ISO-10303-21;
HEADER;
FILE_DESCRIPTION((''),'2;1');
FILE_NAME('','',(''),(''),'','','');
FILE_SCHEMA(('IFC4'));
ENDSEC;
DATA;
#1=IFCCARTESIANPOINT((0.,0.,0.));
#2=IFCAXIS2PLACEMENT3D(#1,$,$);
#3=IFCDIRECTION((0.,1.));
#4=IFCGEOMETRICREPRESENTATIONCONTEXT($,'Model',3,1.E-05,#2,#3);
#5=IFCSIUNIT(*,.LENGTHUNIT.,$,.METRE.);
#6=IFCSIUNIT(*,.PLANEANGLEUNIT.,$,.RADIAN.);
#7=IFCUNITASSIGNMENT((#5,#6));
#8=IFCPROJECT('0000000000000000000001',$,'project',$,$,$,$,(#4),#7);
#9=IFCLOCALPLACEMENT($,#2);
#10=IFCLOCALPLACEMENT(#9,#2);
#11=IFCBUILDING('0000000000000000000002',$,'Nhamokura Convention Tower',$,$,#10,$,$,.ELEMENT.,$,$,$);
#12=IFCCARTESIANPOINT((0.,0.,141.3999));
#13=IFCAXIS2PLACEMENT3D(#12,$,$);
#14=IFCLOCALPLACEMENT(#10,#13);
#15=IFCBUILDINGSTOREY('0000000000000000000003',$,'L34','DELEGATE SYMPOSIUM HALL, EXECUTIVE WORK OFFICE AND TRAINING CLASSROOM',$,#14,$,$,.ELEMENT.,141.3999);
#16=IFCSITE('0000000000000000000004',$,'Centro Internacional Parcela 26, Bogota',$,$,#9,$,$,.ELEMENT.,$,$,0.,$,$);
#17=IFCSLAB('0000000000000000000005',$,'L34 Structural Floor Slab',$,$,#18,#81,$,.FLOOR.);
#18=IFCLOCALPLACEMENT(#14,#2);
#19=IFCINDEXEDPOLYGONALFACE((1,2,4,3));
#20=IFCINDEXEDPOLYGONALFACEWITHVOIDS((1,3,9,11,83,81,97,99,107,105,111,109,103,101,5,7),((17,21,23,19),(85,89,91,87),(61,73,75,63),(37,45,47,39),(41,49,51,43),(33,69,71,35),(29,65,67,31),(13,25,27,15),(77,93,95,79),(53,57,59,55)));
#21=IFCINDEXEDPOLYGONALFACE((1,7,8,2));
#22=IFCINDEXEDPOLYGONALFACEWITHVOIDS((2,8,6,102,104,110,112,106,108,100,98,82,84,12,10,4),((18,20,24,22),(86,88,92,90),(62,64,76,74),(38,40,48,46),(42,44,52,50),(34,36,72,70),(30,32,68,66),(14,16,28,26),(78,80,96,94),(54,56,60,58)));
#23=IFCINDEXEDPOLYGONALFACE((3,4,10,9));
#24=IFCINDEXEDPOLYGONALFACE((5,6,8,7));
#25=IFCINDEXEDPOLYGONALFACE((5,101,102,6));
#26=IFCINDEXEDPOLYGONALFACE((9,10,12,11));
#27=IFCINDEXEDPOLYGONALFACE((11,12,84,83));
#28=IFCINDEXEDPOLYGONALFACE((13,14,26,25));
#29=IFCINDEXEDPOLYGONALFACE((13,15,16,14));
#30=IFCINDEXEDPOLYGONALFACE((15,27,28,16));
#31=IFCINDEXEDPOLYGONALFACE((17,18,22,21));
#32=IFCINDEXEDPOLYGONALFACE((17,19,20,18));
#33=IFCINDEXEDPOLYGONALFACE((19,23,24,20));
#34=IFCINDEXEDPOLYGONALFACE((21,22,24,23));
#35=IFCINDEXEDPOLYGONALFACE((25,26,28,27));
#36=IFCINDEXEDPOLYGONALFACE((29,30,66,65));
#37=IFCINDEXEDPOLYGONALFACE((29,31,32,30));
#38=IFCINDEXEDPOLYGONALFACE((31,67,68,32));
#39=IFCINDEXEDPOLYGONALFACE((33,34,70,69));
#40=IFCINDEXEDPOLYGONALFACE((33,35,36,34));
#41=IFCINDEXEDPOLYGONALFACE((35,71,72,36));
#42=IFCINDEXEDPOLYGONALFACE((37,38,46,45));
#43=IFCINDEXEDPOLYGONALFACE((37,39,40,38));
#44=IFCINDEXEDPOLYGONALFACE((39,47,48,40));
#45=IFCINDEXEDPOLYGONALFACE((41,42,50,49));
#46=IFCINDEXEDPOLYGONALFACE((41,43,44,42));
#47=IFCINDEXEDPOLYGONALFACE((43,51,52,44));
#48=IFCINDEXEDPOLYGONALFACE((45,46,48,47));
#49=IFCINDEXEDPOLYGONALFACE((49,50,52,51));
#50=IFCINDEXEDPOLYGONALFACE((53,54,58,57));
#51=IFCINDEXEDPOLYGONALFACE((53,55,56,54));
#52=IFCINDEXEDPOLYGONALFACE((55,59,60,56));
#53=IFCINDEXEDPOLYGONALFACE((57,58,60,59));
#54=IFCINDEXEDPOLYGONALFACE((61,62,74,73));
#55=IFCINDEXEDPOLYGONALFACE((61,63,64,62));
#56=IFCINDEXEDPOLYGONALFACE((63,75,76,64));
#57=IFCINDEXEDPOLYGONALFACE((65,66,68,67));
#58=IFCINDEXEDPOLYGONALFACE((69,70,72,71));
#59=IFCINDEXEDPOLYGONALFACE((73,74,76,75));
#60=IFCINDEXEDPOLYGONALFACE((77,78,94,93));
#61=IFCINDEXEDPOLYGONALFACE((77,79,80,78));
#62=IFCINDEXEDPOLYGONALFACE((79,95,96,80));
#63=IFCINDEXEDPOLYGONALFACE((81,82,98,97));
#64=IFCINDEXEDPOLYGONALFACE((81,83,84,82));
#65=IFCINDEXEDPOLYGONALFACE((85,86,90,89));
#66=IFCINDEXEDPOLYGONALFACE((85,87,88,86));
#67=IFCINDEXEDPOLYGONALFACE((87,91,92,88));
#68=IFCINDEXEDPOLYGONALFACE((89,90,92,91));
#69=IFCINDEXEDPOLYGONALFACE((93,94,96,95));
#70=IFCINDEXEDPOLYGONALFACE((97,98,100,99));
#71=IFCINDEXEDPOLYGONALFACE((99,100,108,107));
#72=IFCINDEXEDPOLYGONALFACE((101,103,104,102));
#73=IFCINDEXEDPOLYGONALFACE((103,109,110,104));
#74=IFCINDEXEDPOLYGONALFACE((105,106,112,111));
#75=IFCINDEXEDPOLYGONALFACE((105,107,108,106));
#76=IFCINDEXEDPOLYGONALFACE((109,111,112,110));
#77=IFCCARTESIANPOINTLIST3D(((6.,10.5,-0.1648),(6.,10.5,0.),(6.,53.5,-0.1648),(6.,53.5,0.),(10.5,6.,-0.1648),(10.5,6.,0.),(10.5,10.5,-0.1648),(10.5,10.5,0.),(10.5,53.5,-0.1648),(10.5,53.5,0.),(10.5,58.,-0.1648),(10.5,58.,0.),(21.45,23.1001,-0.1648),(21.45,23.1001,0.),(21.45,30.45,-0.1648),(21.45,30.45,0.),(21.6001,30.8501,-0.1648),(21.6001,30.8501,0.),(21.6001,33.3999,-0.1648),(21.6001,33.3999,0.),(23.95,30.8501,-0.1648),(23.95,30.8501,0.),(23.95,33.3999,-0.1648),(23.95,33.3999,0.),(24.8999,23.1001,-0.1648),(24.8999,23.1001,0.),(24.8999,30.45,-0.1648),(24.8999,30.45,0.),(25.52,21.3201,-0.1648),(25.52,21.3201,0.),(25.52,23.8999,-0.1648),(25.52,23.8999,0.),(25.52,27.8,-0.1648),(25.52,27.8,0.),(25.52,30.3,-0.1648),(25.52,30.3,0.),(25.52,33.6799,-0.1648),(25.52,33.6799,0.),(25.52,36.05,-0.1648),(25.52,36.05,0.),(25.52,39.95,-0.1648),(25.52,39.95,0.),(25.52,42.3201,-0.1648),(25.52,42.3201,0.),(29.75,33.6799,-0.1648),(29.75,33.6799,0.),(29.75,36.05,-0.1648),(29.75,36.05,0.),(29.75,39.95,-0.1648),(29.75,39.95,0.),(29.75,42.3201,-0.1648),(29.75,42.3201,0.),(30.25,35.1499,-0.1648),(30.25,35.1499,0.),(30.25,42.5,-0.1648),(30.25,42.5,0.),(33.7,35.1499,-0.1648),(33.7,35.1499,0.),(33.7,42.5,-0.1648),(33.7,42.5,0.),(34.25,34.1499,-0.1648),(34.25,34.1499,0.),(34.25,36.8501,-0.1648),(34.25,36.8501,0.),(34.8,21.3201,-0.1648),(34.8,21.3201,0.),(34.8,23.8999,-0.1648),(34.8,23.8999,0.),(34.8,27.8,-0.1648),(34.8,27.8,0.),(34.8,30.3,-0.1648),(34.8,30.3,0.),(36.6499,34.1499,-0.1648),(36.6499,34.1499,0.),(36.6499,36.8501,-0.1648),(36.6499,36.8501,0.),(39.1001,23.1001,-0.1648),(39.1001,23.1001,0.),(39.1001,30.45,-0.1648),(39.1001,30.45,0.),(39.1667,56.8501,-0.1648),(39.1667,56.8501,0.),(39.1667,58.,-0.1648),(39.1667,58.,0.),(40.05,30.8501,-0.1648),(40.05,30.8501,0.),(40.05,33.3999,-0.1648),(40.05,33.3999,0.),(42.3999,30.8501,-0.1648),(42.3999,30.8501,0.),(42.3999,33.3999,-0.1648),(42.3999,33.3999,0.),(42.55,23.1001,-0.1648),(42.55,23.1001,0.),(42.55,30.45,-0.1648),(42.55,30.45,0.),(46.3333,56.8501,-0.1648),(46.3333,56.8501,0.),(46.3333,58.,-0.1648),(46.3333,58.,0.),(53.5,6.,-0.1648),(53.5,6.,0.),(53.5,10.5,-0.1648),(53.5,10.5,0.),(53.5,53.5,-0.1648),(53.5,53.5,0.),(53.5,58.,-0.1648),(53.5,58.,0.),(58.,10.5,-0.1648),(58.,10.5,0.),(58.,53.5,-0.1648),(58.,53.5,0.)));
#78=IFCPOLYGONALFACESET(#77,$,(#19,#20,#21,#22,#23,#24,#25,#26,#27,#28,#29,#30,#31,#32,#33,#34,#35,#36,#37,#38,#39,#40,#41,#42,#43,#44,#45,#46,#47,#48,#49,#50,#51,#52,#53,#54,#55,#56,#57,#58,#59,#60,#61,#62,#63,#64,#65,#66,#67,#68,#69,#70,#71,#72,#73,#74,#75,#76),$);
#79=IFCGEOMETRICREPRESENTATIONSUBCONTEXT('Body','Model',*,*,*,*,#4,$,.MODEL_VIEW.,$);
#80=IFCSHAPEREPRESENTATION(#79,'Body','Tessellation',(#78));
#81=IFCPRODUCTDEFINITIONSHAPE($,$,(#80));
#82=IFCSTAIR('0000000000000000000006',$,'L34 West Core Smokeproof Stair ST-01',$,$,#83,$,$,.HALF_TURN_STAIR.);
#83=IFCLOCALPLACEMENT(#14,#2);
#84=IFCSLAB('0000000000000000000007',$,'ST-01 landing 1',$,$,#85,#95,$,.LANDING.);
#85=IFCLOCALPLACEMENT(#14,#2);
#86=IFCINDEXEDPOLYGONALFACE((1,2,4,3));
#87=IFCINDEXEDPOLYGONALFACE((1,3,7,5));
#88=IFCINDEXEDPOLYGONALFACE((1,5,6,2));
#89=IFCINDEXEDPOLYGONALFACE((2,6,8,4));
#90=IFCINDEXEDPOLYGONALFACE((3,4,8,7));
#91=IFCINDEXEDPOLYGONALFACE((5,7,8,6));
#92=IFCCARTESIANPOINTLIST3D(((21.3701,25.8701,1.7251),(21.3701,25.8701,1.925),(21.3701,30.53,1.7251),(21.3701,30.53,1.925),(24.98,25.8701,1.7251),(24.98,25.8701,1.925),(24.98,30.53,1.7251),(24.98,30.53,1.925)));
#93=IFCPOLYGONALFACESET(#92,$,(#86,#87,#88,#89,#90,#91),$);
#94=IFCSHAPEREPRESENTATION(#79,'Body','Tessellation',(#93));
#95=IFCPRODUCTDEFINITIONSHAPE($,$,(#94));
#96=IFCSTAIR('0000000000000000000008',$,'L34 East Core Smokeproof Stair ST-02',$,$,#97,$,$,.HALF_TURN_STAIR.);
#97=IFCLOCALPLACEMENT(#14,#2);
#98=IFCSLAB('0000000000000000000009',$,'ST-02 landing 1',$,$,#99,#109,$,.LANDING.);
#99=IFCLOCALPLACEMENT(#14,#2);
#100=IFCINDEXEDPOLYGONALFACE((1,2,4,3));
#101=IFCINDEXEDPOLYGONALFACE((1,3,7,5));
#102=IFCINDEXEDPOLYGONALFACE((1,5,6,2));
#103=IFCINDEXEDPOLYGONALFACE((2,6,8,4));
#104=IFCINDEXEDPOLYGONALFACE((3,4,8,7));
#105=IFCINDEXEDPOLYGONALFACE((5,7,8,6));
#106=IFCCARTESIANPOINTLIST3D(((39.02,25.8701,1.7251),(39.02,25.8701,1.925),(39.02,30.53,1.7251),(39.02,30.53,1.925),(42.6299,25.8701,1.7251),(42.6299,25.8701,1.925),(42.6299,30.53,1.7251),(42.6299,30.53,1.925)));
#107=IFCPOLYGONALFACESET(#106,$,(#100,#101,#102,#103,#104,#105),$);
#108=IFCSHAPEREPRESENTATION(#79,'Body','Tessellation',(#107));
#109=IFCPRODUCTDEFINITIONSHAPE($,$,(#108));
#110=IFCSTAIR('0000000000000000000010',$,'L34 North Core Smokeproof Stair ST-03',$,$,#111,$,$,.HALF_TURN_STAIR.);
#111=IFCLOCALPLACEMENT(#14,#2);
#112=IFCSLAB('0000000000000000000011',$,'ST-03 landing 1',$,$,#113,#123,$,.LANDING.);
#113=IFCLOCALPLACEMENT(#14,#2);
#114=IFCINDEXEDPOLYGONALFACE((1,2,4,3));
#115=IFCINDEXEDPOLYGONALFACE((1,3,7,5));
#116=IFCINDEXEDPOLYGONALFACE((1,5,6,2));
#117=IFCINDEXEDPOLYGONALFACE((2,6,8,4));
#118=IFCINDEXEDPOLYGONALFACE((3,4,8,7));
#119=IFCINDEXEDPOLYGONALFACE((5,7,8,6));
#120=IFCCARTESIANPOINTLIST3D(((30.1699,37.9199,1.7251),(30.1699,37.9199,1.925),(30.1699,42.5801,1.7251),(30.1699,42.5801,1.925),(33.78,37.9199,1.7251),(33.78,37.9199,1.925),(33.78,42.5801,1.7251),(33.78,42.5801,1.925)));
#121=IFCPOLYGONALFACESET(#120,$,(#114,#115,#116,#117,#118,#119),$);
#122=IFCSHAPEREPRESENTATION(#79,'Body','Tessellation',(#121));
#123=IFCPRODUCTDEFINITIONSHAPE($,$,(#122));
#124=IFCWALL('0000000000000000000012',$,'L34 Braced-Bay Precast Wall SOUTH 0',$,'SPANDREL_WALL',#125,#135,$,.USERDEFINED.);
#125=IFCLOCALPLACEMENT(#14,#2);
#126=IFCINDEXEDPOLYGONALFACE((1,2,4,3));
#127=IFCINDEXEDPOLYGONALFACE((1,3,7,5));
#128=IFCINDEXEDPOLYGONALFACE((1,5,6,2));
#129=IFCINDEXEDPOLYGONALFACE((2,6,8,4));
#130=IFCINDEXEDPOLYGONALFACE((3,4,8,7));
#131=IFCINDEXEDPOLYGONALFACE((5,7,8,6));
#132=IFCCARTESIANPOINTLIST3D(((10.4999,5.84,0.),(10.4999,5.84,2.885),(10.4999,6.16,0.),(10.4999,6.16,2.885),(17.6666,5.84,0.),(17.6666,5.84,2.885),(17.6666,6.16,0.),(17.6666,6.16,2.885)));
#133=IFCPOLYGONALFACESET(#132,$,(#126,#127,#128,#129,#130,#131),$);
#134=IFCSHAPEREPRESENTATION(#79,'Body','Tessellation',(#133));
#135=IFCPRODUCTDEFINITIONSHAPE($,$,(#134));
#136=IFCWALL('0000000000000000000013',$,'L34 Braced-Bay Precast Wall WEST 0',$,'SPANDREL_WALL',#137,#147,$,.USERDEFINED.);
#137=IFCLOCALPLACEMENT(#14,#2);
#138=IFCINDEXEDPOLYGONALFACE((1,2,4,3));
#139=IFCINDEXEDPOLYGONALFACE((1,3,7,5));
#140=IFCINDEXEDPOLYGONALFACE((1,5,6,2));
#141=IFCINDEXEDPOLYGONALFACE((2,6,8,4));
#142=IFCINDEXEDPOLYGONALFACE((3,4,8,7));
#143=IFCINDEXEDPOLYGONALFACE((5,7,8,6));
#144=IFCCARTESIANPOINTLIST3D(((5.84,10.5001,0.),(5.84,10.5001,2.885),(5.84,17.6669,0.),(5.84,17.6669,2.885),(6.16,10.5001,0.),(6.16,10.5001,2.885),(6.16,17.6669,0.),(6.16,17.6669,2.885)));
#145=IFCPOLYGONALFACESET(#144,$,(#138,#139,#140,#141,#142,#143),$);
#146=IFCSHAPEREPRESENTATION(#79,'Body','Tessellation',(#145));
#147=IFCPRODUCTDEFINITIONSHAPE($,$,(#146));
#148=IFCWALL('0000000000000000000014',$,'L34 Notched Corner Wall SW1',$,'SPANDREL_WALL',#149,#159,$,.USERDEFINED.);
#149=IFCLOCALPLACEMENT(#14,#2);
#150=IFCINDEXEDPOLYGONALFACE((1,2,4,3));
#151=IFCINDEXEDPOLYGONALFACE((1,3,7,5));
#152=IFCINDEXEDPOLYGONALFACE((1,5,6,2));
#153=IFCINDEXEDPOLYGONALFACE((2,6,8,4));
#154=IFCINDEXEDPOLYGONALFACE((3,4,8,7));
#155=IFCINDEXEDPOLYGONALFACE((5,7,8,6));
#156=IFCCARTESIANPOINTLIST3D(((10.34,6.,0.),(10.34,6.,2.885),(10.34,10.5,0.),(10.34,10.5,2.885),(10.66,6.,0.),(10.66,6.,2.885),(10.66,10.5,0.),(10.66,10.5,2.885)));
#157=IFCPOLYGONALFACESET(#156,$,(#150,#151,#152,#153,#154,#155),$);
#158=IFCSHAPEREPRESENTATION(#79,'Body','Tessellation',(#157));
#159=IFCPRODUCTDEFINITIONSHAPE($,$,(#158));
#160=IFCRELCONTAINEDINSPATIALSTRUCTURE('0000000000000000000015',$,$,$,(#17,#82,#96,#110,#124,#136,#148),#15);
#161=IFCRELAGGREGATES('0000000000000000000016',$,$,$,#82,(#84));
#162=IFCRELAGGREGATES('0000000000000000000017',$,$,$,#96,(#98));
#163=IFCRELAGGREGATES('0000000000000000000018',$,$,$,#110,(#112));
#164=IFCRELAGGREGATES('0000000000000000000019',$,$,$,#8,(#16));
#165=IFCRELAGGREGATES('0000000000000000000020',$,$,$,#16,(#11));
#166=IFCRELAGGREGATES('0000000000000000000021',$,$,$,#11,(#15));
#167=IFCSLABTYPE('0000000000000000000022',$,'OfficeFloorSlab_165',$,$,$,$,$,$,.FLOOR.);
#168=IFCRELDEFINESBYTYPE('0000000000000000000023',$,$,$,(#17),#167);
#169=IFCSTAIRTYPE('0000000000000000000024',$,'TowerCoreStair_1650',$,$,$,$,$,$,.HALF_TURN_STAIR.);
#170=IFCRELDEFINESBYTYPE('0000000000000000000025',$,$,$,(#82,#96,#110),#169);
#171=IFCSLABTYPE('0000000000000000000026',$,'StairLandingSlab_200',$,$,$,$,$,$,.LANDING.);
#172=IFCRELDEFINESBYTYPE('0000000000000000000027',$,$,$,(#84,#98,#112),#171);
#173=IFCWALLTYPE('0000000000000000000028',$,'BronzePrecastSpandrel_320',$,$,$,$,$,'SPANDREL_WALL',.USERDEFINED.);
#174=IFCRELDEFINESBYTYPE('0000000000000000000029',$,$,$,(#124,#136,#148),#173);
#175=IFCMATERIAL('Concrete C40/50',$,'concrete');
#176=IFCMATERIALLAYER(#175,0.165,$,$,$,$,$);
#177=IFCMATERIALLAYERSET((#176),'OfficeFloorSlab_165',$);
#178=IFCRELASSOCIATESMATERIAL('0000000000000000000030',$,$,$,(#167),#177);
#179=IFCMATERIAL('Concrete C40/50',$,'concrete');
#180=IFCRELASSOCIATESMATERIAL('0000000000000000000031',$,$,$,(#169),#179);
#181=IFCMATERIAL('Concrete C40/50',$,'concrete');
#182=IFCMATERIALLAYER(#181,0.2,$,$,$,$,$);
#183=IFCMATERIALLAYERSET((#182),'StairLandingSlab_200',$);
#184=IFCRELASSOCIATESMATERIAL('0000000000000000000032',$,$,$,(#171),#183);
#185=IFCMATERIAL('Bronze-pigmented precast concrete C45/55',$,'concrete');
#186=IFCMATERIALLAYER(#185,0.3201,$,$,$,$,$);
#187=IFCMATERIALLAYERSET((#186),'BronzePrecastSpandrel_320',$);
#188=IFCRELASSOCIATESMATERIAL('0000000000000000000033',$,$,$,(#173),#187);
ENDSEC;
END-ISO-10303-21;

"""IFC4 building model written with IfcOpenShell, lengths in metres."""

from ifc_helpers import new_model, si_unit, direction, frame, frame_2d, origin, place, context, subcontext, project, spatial, polyline, rectangle, outline, extrude, material, layer, layer_set, type_object, element, aggregate, save


model = new_model("IFC4")

# Units and contexts
model_context = context("Model", 3, precision=1e-05, world=origin(), true_north=direction((0.0, 1.0)))
body_context = subcontext(model_context, "Body", "Model", "MODEL_VIEW")
ifc_project = project(units=[si_unit("LENGTHUNIT", "METRE"), si_unit("PLANEANGLEUNIT", "RADIAN")], contexts=[model_context])

# Site, building, storey
site_placement = place(None, origin())
site = spatial("IfcSite", under=ifc_project, at=site_placement, Name="Centro Internacional Parcela 26, Bogota", CompositionType="ELEMENT", RefElevation=0.0)
building_placement = place(site_placement, origin())
building = spatial("IfcBuilding", under=site, at=building_placement, Name="Nhamokura Convention Tower", CompositionType="ELEMENT")
storey_placement = place(building_placement, frame((0.0, 0.0, 141.3999)))
storey = spatial("IfcBuildingStorey", under=building, at=storey_placement, Name="L34", Description="DELEGATE SYMPOSIUM HALL, EXECUTIVE WORK OFFICE AND TRAINING CLASSROOM", CompositionType="ELEMENT", Elevation=141.3999)

# Slab
ifc_material_1 = material(Name="Concrete C40/50", Category="concrete")
ifc_layer_1 = layer(ifc_material_1, 0.165)
ifc_layer_set_1 = layer_set([ifc_layer_1], Name="OfficeFloorSlab_165")
slab_type_1 = type_object("IfcSlabType", Name="OfficeFloorSlab_165", PredefinedType="FLOOR", material=ifc_layer_set_1)
slab_1_placement = place(storey_placement, frame((0.0, 0.0, -0.1648)))
element("IfcSlab", 1, at=slab_1_placement, inside=storey, type_object=slab_type_1, Name="L34 Structural Floor Slab", PredefinedType="FLOOR", context=body_context, shape_type="SweptSolid", body=[
    extrude(outline(polyline([(10.5, 6.0), (53.5, 6.0), (53.5, 10.5), (58.0, 10.5), (58.0, 53.5), (53.5, 53.5), (53.5, 58.0), (46.3333, 58.0), (46.3333, 56.8501), (39.1667, 56.8501), (39.1667, 58.0), (10.5, 58.0), (10.5, 53.5), (6.0, 53.5), (6.0, 10.5), (10.5, 10.5), (10.5, 6.0)]), holes=[polyline([(24.8999, 23.1001), (24.8999, 30.45), (21.45, 30.45), (21.45, 23.1001), (24.8999, 23.1001)]), polyline([(42.55, 23.1001), (42.55, 30.45), (39.1001, 30.45), (39.1001, 23.1001), (42.55, 23.1001)]), polyline([(33.7, 35.1499), (33.7, 42.5), (30.25, 42.5), (30.25, 35.1499), (33.7, 35.1499)]), polyline([(21.6001, 30.8501), (23.95, 30.8501), (23.95, 33.3999), (21.6001, 33.3999), (21.6001, 30.8501)]), polyline([(40.05, 30.8501), (42.3999, 30.8501), (42.3999, 33.3999), (40.05, 33.3999), (40.05, 30.8501)]), polyline([(34.25, 34.1499), (36.6499, 34.1499), (36.6499, 36.8501), (34.25, 36.8501), (34.25, 34.1499)]), polyline([(25.52, 21.3201), (34.8, 21.3201), (34.8, 23.8999), (25.52, 23.8999), (25.52, 21.3201)]), polyline([(25.52, 27.8), (34.8, 27.8), (34.8, 30.3), (25.52, 30.3), (25.52, 27.8)]), polyline([(25.52, 33.6799), (29.75, 33.6799), (29.75, 36.05), (25.52, 36.05), (25.52, 33.6799)]), polyline([(25.52, 39.95), (29.75, 39.95), (29.75, 42.3201), (25.52, 42.3201), (25.52, 39.95)])]), origin(), (0.0, 0.0, 1.0), 0.1648),
])

# Stairs, slabs
ifc_material_2 = material(Name="Concrete C40/50", Category="concrete")
stair_type = type_object("IfcStairType", Name="TowerCoreStair_1650", PredefinedType="HALF_TURN_STAIR", material=ifc_material_2)
stair_1_placement = place(storey_placement, origin())
stair_1 = element("IfcStair", 2, at=stair_1_placement, inside=storey, type_object=stair_type, Name="L34 West Core Smokeproof Stair ST-01", PredefinedType="HALF_TURN_STAIR")
ifc_material_3 = material(Name="Concrete C40/50", Category="concrete")
ifc_layer_2 = layer(ifc_material_3, 0.2)
ifc_layer_set_2 = layer_set([ifc_layer_2], Name="StairLandingSlab_200")
slab_type_2 = type_object("IfcSlabType", Name="StairLandingSlab_200", PredefinedType="LANDING", material=ifc_layer_set_2)
slab_2_placement = place(storey_placement, frame((0.0, 0.0, 1.7251)))
slab_2 = element("IfcSlab", 3, at=slab_2_placement, type_object=slab_type_2, Name="ST-01 landing 1", PredefinedType="LANDING", context=body_context, shape_type="SweptSolid", body=[
    extrude(outline(polyline([(24.98, 25.8701), (24.98, 30.53), (21.3701, 30.53), (21.3701, 25.8701), (24.98, 25.8701)])), origin(), (0.0, 0.0, 1.0), 0.2),
])
aggregate(stair_1, [slab_2])
stair_2_placement = place(storey_placement, origin())
stair_2 = element("IfcStair", 4, at=stair_2_placement, inside=storey, type_object=stair_type, Name="L34 East Core Smokeproof Stair ST-02", PredefinedType="HALF_TURN_STAIR")
slab_3_placement = place(storey_placement, frame((0.0, 0.0, 1.7251)))
slab_3 = element("IfcSlab", 5, at=slab_3_placement, type_object=slab_type_2, Name="ST-02 landing 1", PredefinedType="LANDING", context=body_context, shape_type="SweptSolid", body=[
    extrude(outline(polyline([(42.6299, 25.8701), (42.6299, 30.53), (39.02, 30.53), (39.02, 25.8701), (42.6299, 25.8701)])), origin(), (0.0, 0.0, 1.0), 0.2),
])
aggregate(stair_2, [slab_3])
stair_3_placement = place(storey_placement, origin())
stair_3 = element("IfcStair", 6, at=stair_3_placement, inside=storey, type_object=stair_type, Name="L34 North Core Smokeproof Stair ST-03", PredefinedType="HALF_TURN_STAIR")
slab_4_placement = place(storey_placement, frame((0.0, 0.0, 1.7251)))
slab_4 = element("IfcSlab", 7, at=slab_4_placement, type_object=slab_type_2, Name="ST-03 landing 1", PredefinedType="LANDING", context=body_context, shape_type="SweptSolid", body=[
    extrude(outline(polyline([(33.78, 37.9199), (33.78, 42.5801), (30.1699, 42.5801), (30.1699, 37.9199), (33.78, 37.9199)])), origin(), (0.0, 0.0, 1.0), 0.2),
])
aggregate(stair_3, [slab_4])

# Walls
ifc_material_4 = material(Name="Bronze-pigmented precast concrete C45/55", Category="concrete")
ifc_layer_3 = layer(ifc_material_4, 0.3201)
ifc_layer_set_3 = layer_set([ifc_layer_3], Name="BronzePrecastSpandrel_320")
wall_type = type_object("IfcWallType", Name="BronzePrecastSpandrel_320", ElementType="SPANDREL_WALL", PredefinedType="USERDEFINED", material=ifc_layer_set_3)
for number, where, z_axis, x_axis, name in (
    (8, (17.6667, 6.0, 0.0), (0.0, 0.0, 1.0), (-1.0, 0.0, 0.0), "L34 Braced-Bay Precast Wall SOUTH 0"),
    (9, (6.0, 10.5, 0.0), (0.0, 0.0, 1.0), (0.0, 1.0, 0.0), "L34 Braced-Bay Precast Wall WEST 0"),
):
    element("IfcWall", number, at=place(storey_placement, frame(where, z_axis=z_axis, x_axis=x_axis)), inside=storey, type_object=wall_type, Name=name, ObjectType="SPANDREL_WALL", PredefinedType="USERDEFINED", context=body_context, shape_type="SweptSolid", body=[
        extrude(rectangle(XDim=7.1667, YDim=0.3201, at=frame_2d((3.5835, 0.0))), origin(), (0.0, 0.0, 1.0), 2.885),
    ])
wall_placement = place(storey_placement, frame((10.5, 6.0, 0.0), z_axis=(0.0, 0.0, 1.0), x_axis=(0.0, 1.0, 0.0)))
element("IfcWall", 10, at=wall_placement, inside=storey, type_object=wall_type, Name="L34 Notched Corner Wall SW1", ObjectType="SPANDREL_WALL", PredefinedType="USERDEFINED", context=body_context, shape_type="SweptSolid", body=[
    extrude(rectangle(XDim=4.5, YDim=0.3201, at=frame_2d((2.25, 0.0))), origin(), (0.0, 0.0, 1.0), 2.885),
])

save(model, "model.ifc")
